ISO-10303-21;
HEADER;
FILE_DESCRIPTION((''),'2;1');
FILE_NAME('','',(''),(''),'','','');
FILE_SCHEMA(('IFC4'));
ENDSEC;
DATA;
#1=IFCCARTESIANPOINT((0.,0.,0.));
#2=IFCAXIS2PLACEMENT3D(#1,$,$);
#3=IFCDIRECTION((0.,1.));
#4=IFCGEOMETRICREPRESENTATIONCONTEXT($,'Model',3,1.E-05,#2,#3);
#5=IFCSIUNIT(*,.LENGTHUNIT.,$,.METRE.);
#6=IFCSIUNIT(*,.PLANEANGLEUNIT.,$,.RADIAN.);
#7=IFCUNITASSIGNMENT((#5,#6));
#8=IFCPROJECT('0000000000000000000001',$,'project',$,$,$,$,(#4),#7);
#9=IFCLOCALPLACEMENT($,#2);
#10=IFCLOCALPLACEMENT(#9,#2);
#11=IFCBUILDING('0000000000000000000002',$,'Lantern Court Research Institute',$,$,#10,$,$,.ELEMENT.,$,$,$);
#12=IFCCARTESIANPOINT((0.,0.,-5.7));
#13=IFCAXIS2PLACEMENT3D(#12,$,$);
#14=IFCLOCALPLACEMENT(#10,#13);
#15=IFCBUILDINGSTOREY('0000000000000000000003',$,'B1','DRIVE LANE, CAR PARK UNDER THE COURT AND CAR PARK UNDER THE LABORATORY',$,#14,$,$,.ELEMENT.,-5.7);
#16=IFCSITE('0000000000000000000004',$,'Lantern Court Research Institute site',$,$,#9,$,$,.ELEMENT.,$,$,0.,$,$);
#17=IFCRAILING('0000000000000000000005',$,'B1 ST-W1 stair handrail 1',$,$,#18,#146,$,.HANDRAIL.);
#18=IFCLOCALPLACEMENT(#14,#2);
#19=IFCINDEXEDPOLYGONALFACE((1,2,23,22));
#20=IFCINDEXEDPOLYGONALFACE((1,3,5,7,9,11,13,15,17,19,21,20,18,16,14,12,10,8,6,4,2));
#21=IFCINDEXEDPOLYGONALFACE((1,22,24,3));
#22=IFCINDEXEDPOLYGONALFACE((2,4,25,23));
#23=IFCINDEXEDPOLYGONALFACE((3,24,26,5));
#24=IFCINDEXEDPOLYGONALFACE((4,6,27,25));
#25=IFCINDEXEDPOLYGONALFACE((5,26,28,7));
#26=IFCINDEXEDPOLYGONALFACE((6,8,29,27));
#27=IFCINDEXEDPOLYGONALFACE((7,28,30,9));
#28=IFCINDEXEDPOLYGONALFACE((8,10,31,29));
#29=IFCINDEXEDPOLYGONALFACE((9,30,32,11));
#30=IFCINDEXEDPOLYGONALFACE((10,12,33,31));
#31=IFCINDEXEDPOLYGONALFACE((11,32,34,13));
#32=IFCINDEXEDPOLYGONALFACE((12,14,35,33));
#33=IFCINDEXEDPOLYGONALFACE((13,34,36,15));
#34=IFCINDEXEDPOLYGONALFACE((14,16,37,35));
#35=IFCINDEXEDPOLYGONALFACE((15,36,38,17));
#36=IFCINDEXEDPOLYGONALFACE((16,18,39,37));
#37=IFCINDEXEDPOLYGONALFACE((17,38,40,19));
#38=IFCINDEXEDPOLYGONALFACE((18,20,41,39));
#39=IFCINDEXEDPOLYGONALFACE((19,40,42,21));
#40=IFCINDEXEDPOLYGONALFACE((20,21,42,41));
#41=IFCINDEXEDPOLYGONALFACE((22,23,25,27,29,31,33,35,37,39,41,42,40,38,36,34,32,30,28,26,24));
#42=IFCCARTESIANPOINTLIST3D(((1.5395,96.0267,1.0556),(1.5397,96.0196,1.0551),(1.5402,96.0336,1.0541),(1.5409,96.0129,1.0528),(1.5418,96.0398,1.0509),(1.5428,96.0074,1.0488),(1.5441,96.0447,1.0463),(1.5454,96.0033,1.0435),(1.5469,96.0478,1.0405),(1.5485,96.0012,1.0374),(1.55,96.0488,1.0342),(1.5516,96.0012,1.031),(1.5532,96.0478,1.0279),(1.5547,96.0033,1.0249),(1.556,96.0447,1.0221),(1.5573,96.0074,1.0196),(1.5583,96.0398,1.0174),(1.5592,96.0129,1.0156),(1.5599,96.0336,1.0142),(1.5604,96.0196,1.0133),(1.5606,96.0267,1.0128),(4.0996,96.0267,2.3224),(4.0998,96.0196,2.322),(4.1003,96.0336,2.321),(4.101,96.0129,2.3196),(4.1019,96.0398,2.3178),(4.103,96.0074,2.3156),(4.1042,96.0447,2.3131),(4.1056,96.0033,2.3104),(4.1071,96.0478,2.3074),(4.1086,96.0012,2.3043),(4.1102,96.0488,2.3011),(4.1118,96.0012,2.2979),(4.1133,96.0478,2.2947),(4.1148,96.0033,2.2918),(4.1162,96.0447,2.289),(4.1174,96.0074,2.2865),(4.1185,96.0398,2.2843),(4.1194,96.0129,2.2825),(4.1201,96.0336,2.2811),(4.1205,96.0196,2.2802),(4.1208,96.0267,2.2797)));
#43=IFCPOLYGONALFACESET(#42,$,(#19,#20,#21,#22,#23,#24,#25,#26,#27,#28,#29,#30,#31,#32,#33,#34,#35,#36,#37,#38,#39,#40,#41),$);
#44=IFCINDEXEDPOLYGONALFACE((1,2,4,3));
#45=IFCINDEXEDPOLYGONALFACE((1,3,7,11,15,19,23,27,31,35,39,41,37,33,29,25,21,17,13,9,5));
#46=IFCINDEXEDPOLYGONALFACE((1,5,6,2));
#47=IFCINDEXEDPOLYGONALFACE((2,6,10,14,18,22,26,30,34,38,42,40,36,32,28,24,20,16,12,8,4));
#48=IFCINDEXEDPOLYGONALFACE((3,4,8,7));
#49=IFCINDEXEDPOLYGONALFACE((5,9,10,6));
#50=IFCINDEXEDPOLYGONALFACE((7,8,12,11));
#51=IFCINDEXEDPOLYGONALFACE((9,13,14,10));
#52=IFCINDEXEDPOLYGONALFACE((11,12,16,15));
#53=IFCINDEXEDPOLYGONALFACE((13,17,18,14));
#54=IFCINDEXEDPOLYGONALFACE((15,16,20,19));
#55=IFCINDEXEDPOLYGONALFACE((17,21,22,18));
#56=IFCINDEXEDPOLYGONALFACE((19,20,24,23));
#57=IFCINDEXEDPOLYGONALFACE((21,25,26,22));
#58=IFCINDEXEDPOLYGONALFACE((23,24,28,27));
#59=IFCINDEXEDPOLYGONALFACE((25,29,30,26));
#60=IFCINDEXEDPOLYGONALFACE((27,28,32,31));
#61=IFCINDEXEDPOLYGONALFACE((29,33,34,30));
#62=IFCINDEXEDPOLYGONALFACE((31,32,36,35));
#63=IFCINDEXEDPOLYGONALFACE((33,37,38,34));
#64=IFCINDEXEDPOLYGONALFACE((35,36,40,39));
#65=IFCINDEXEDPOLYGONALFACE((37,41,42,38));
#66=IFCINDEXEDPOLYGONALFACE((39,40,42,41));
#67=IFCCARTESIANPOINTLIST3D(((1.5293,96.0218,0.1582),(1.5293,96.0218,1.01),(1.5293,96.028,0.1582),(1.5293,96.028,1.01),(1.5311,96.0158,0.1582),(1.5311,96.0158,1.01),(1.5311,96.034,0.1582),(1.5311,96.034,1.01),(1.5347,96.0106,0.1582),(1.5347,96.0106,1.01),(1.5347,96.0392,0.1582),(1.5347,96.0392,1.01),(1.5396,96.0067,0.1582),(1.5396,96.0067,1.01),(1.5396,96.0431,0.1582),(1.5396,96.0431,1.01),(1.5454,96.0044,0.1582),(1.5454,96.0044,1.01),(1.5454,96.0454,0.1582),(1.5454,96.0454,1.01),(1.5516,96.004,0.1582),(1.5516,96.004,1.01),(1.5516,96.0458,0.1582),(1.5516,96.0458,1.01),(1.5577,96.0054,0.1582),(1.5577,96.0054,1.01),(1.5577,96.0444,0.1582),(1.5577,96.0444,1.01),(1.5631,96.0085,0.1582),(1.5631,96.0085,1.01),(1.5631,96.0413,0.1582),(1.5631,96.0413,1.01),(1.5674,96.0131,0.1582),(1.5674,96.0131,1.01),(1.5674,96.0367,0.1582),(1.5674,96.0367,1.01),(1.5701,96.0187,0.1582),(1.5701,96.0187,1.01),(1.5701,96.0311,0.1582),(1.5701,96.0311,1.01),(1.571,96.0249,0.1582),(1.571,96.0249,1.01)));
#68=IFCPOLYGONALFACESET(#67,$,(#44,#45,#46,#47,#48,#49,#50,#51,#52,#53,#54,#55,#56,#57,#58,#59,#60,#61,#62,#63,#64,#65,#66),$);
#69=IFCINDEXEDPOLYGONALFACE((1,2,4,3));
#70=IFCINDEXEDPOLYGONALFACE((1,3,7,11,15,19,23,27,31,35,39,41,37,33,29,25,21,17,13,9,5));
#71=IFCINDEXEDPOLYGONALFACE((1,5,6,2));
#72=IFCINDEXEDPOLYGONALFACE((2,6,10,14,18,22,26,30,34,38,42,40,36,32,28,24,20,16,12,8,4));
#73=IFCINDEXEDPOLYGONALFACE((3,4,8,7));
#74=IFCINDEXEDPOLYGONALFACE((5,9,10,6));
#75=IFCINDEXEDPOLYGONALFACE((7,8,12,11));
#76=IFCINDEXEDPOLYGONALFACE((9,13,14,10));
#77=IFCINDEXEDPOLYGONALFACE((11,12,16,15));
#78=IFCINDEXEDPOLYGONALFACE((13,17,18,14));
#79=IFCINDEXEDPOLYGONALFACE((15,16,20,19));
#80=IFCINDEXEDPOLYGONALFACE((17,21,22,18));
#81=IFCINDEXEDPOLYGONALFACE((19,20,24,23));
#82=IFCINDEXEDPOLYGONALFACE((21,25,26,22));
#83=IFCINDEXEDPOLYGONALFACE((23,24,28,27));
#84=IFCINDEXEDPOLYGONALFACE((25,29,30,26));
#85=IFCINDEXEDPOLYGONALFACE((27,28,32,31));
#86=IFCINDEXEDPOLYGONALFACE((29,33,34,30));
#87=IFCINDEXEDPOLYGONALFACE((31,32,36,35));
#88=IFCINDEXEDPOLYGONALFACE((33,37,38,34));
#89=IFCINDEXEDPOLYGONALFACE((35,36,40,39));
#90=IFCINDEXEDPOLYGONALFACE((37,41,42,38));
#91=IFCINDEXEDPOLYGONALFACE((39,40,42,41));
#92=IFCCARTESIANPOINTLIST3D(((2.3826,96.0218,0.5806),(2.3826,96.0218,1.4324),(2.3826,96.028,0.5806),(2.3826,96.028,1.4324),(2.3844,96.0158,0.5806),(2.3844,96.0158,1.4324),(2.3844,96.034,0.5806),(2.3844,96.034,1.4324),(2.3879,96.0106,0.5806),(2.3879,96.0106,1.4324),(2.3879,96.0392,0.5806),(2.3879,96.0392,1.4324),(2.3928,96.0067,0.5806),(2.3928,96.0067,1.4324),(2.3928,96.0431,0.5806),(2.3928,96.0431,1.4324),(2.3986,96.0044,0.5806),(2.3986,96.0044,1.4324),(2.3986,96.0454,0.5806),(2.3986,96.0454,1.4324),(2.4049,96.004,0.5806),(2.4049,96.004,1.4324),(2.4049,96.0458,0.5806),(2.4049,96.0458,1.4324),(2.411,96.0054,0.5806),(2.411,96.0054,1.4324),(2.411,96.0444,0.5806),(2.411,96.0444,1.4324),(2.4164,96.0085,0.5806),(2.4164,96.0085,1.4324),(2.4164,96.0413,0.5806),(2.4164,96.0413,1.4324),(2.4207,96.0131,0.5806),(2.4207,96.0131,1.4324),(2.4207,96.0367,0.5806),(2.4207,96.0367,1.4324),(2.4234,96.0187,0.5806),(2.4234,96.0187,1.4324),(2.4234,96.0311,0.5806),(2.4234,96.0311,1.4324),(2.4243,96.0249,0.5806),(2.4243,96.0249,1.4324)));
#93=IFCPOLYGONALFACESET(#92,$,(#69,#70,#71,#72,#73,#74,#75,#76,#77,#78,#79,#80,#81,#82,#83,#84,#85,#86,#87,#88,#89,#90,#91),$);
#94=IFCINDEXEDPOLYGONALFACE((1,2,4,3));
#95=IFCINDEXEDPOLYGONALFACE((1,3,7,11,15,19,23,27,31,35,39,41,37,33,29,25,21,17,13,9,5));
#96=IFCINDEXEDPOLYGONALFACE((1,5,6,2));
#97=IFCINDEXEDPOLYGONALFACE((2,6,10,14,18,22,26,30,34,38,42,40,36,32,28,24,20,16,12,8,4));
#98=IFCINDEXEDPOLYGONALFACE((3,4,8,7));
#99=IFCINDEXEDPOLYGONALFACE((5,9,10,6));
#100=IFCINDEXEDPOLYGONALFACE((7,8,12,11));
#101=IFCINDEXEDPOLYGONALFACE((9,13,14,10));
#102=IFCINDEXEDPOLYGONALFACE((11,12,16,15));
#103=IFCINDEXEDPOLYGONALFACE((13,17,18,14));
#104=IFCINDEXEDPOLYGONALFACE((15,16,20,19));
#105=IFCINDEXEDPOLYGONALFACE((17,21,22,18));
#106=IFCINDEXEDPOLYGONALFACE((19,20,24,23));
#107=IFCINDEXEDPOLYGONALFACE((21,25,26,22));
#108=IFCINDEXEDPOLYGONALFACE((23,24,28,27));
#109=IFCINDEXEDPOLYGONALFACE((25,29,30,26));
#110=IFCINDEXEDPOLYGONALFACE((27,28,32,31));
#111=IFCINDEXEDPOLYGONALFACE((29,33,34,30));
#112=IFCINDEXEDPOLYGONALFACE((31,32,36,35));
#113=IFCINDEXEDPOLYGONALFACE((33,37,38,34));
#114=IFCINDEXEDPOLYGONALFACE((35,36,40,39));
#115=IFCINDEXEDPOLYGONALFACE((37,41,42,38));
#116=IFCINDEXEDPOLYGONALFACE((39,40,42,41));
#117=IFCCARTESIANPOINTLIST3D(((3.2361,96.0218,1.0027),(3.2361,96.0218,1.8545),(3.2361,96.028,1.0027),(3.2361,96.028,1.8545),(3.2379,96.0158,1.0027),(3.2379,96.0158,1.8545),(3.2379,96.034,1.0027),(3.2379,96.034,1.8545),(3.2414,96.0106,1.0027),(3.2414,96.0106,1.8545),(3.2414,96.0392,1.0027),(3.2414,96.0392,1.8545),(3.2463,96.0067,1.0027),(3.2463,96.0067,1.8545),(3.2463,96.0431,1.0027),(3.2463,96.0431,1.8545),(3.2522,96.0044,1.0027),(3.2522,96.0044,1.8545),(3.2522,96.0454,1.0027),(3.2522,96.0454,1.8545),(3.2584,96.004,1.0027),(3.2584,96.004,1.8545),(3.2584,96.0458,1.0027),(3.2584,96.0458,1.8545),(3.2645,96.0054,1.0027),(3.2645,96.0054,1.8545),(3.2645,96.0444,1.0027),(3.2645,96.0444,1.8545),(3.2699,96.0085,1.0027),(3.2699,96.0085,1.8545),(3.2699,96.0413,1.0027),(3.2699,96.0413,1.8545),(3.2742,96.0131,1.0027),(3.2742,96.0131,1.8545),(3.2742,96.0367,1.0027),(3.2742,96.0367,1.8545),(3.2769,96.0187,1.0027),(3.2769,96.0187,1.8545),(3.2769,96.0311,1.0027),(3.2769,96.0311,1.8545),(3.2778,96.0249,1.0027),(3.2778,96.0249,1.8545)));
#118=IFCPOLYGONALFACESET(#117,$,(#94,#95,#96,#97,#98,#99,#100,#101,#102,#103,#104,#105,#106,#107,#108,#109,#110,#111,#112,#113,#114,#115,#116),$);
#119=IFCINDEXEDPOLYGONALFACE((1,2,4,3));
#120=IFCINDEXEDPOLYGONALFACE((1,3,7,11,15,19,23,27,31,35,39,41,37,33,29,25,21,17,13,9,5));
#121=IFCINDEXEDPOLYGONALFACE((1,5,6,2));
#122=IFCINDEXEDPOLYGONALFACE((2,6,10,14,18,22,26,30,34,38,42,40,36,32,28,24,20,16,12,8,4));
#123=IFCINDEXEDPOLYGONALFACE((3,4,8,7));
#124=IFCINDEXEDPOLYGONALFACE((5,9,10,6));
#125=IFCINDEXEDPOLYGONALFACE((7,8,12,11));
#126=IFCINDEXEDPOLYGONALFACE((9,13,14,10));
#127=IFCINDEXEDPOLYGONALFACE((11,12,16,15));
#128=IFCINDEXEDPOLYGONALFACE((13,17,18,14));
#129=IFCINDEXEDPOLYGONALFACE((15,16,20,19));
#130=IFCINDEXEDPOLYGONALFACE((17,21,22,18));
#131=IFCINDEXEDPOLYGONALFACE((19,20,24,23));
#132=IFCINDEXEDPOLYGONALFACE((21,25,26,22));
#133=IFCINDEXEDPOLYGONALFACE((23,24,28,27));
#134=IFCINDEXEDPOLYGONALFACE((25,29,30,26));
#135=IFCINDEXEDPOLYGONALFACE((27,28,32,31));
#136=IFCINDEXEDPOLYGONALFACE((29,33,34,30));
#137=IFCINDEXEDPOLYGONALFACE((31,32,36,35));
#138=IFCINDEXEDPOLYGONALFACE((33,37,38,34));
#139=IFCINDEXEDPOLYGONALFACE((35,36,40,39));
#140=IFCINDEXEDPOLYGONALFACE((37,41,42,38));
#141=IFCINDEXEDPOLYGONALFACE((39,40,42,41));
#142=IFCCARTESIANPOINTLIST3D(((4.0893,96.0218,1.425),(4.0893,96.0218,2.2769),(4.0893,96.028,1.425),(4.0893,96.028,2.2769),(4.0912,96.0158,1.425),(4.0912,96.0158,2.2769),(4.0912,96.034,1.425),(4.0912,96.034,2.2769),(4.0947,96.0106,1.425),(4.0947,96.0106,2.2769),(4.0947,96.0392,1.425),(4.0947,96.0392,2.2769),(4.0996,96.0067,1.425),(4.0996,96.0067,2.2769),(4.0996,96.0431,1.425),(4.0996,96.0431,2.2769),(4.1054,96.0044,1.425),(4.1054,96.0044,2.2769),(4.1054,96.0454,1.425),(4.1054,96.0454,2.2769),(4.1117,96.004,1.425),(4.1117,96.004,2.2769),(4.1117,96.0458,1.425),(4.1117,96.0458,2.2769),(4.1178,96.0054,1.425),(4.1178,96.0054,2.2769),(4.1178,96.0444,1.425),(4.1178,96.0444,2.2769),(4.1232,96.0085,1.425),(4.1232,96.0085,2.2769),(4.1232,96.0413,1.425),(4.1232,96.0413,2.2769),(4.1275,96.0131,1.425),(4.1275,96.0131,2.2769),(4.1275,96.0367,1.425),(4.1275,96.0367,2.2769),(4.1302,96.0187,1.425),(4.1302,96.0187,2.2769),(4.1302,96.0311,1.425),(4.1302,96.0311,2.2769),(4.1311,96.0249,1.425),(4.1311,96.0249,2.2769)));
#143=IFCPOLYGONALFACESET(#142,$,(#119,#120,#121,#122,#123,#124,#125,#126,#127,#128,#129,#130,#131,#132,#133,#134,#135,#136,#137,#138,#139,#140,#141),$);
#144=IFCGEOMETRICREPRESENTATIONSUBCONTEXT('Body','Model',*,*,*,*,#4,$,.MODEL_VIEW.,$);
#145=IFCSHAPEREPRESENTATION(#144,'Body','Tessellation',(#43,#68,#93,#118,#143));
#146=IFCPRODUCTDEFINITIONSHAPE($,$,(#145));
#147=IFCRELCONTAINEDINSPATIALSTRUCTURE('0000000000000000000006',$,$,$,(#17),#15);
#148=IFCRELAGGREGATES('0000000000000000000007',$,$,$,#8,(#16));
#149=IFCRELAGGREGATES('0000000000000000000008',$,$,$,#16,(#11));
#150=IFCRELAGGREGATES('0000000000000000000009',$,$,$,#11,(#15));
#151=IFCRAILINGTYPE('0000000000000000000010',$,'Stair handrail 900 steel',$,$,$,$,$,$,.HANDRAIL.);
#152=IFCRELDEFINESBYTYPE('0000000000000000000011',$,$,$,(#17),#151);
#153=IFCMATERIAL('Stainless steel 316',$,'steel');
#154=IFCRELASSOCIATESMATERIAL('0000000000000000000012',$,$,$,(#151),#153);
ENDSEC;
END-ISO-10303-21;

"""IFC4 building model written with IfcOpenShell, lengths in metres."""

from ifc_helpers import new_model, si_unit, direction, frame, origin, origin_2d, place, context, subcontext, project, spatial, circle, extrude, material, type_object, element, save


model = new_model("IFC4")

# Units and contexts
model_context = context("Model", 3, precision=1e-05, world=origin(), true_north=direction((0.0, 1.0)))
body_context = subcontext(model_context, "Body", "Model", "MODEL_VIEW")
ifc_project = project(units=[si_unit("LENGTHUNIT", "METRE"), si_unit("PLANEANGLEUNIT", "RADIAN")], contexts=[model_context])

# Site, building, storey
site_placement = place(None, origin())
site = spatial("IfcSite", under=ifc_project, at=site_placement, Name="Lantern Court Research Institute site", CompositionType="ELEMENT", RefElevation=0.0)
building_placement = place(site_placement, origin())
building = spatial("IfcBuilding", under=site, at=building_placement, Name="Lantern Court Research Institute", CompositionType="ELEMENT")
storey_placement = place(building_placement, frame((0.0, 0.0, -5.7)))
storey = spatial("IfcBuildingStorey", under=building, at=storey_placement, Name="B1", Description="DRIVE LANE, CAR PARK UNDER THE COURT AND CAR PARK UNDER THE LABORATORY", CompositionType="ELEMENT", Elevation=-5.7)

# Railing
ifc_material_1 = material(Name="Stainless steel 316", Category="steel")
railing_type = type_object("IfcRailingType", Name="Stair handrail 900 steel", PredefinedType="HANDRAIL", material=ifc_material_1)
railing_placement = place(storey_placement, frame((1.55, 96.0249, 0.1582)))
element("IfcRailing", 1, at=railing_placement, inside=storey, type_object=railing_type, Name="B1 ST-W1 stair handrail 1", PredefinedType="HANDRAIL", context=body_context, shape_type="SweptSolid", body=[
    extrude(circle(Radius=0.0239, at=origin_2d()), frame((0.0, 0.0, 0.876), z_axis=(0.896266, 0.0, 0.443517), x_axis=(0.0, 1.0, 0.0)), (0.0, 0.0, 1.0), 2.8564),
    extrude(circle(Radius=0.021, at=origin_2d()), origin(), (0.0, 0.0, 1.0), 0.8518),
    extrude(circle(Radius=0.021, at=origin_2d()), frame((0.8533, 0.0, 0.4224)), (0.0, 0.0, 1.0), 0.8518),
    extrude(circle(Radius=0.021, at=origin_2d()), frame((1.7068, 0.0, 0.8445)), (0.0, 0.0, 1.0), 0.8518),
    extrude(circle(Radius=0.021, at=origin_2d()), frame((2.5601, 0.0, 1.2668)), (0.0, 0.0, 1.0), 0.8518),
])

save(model, "model.ifc")
